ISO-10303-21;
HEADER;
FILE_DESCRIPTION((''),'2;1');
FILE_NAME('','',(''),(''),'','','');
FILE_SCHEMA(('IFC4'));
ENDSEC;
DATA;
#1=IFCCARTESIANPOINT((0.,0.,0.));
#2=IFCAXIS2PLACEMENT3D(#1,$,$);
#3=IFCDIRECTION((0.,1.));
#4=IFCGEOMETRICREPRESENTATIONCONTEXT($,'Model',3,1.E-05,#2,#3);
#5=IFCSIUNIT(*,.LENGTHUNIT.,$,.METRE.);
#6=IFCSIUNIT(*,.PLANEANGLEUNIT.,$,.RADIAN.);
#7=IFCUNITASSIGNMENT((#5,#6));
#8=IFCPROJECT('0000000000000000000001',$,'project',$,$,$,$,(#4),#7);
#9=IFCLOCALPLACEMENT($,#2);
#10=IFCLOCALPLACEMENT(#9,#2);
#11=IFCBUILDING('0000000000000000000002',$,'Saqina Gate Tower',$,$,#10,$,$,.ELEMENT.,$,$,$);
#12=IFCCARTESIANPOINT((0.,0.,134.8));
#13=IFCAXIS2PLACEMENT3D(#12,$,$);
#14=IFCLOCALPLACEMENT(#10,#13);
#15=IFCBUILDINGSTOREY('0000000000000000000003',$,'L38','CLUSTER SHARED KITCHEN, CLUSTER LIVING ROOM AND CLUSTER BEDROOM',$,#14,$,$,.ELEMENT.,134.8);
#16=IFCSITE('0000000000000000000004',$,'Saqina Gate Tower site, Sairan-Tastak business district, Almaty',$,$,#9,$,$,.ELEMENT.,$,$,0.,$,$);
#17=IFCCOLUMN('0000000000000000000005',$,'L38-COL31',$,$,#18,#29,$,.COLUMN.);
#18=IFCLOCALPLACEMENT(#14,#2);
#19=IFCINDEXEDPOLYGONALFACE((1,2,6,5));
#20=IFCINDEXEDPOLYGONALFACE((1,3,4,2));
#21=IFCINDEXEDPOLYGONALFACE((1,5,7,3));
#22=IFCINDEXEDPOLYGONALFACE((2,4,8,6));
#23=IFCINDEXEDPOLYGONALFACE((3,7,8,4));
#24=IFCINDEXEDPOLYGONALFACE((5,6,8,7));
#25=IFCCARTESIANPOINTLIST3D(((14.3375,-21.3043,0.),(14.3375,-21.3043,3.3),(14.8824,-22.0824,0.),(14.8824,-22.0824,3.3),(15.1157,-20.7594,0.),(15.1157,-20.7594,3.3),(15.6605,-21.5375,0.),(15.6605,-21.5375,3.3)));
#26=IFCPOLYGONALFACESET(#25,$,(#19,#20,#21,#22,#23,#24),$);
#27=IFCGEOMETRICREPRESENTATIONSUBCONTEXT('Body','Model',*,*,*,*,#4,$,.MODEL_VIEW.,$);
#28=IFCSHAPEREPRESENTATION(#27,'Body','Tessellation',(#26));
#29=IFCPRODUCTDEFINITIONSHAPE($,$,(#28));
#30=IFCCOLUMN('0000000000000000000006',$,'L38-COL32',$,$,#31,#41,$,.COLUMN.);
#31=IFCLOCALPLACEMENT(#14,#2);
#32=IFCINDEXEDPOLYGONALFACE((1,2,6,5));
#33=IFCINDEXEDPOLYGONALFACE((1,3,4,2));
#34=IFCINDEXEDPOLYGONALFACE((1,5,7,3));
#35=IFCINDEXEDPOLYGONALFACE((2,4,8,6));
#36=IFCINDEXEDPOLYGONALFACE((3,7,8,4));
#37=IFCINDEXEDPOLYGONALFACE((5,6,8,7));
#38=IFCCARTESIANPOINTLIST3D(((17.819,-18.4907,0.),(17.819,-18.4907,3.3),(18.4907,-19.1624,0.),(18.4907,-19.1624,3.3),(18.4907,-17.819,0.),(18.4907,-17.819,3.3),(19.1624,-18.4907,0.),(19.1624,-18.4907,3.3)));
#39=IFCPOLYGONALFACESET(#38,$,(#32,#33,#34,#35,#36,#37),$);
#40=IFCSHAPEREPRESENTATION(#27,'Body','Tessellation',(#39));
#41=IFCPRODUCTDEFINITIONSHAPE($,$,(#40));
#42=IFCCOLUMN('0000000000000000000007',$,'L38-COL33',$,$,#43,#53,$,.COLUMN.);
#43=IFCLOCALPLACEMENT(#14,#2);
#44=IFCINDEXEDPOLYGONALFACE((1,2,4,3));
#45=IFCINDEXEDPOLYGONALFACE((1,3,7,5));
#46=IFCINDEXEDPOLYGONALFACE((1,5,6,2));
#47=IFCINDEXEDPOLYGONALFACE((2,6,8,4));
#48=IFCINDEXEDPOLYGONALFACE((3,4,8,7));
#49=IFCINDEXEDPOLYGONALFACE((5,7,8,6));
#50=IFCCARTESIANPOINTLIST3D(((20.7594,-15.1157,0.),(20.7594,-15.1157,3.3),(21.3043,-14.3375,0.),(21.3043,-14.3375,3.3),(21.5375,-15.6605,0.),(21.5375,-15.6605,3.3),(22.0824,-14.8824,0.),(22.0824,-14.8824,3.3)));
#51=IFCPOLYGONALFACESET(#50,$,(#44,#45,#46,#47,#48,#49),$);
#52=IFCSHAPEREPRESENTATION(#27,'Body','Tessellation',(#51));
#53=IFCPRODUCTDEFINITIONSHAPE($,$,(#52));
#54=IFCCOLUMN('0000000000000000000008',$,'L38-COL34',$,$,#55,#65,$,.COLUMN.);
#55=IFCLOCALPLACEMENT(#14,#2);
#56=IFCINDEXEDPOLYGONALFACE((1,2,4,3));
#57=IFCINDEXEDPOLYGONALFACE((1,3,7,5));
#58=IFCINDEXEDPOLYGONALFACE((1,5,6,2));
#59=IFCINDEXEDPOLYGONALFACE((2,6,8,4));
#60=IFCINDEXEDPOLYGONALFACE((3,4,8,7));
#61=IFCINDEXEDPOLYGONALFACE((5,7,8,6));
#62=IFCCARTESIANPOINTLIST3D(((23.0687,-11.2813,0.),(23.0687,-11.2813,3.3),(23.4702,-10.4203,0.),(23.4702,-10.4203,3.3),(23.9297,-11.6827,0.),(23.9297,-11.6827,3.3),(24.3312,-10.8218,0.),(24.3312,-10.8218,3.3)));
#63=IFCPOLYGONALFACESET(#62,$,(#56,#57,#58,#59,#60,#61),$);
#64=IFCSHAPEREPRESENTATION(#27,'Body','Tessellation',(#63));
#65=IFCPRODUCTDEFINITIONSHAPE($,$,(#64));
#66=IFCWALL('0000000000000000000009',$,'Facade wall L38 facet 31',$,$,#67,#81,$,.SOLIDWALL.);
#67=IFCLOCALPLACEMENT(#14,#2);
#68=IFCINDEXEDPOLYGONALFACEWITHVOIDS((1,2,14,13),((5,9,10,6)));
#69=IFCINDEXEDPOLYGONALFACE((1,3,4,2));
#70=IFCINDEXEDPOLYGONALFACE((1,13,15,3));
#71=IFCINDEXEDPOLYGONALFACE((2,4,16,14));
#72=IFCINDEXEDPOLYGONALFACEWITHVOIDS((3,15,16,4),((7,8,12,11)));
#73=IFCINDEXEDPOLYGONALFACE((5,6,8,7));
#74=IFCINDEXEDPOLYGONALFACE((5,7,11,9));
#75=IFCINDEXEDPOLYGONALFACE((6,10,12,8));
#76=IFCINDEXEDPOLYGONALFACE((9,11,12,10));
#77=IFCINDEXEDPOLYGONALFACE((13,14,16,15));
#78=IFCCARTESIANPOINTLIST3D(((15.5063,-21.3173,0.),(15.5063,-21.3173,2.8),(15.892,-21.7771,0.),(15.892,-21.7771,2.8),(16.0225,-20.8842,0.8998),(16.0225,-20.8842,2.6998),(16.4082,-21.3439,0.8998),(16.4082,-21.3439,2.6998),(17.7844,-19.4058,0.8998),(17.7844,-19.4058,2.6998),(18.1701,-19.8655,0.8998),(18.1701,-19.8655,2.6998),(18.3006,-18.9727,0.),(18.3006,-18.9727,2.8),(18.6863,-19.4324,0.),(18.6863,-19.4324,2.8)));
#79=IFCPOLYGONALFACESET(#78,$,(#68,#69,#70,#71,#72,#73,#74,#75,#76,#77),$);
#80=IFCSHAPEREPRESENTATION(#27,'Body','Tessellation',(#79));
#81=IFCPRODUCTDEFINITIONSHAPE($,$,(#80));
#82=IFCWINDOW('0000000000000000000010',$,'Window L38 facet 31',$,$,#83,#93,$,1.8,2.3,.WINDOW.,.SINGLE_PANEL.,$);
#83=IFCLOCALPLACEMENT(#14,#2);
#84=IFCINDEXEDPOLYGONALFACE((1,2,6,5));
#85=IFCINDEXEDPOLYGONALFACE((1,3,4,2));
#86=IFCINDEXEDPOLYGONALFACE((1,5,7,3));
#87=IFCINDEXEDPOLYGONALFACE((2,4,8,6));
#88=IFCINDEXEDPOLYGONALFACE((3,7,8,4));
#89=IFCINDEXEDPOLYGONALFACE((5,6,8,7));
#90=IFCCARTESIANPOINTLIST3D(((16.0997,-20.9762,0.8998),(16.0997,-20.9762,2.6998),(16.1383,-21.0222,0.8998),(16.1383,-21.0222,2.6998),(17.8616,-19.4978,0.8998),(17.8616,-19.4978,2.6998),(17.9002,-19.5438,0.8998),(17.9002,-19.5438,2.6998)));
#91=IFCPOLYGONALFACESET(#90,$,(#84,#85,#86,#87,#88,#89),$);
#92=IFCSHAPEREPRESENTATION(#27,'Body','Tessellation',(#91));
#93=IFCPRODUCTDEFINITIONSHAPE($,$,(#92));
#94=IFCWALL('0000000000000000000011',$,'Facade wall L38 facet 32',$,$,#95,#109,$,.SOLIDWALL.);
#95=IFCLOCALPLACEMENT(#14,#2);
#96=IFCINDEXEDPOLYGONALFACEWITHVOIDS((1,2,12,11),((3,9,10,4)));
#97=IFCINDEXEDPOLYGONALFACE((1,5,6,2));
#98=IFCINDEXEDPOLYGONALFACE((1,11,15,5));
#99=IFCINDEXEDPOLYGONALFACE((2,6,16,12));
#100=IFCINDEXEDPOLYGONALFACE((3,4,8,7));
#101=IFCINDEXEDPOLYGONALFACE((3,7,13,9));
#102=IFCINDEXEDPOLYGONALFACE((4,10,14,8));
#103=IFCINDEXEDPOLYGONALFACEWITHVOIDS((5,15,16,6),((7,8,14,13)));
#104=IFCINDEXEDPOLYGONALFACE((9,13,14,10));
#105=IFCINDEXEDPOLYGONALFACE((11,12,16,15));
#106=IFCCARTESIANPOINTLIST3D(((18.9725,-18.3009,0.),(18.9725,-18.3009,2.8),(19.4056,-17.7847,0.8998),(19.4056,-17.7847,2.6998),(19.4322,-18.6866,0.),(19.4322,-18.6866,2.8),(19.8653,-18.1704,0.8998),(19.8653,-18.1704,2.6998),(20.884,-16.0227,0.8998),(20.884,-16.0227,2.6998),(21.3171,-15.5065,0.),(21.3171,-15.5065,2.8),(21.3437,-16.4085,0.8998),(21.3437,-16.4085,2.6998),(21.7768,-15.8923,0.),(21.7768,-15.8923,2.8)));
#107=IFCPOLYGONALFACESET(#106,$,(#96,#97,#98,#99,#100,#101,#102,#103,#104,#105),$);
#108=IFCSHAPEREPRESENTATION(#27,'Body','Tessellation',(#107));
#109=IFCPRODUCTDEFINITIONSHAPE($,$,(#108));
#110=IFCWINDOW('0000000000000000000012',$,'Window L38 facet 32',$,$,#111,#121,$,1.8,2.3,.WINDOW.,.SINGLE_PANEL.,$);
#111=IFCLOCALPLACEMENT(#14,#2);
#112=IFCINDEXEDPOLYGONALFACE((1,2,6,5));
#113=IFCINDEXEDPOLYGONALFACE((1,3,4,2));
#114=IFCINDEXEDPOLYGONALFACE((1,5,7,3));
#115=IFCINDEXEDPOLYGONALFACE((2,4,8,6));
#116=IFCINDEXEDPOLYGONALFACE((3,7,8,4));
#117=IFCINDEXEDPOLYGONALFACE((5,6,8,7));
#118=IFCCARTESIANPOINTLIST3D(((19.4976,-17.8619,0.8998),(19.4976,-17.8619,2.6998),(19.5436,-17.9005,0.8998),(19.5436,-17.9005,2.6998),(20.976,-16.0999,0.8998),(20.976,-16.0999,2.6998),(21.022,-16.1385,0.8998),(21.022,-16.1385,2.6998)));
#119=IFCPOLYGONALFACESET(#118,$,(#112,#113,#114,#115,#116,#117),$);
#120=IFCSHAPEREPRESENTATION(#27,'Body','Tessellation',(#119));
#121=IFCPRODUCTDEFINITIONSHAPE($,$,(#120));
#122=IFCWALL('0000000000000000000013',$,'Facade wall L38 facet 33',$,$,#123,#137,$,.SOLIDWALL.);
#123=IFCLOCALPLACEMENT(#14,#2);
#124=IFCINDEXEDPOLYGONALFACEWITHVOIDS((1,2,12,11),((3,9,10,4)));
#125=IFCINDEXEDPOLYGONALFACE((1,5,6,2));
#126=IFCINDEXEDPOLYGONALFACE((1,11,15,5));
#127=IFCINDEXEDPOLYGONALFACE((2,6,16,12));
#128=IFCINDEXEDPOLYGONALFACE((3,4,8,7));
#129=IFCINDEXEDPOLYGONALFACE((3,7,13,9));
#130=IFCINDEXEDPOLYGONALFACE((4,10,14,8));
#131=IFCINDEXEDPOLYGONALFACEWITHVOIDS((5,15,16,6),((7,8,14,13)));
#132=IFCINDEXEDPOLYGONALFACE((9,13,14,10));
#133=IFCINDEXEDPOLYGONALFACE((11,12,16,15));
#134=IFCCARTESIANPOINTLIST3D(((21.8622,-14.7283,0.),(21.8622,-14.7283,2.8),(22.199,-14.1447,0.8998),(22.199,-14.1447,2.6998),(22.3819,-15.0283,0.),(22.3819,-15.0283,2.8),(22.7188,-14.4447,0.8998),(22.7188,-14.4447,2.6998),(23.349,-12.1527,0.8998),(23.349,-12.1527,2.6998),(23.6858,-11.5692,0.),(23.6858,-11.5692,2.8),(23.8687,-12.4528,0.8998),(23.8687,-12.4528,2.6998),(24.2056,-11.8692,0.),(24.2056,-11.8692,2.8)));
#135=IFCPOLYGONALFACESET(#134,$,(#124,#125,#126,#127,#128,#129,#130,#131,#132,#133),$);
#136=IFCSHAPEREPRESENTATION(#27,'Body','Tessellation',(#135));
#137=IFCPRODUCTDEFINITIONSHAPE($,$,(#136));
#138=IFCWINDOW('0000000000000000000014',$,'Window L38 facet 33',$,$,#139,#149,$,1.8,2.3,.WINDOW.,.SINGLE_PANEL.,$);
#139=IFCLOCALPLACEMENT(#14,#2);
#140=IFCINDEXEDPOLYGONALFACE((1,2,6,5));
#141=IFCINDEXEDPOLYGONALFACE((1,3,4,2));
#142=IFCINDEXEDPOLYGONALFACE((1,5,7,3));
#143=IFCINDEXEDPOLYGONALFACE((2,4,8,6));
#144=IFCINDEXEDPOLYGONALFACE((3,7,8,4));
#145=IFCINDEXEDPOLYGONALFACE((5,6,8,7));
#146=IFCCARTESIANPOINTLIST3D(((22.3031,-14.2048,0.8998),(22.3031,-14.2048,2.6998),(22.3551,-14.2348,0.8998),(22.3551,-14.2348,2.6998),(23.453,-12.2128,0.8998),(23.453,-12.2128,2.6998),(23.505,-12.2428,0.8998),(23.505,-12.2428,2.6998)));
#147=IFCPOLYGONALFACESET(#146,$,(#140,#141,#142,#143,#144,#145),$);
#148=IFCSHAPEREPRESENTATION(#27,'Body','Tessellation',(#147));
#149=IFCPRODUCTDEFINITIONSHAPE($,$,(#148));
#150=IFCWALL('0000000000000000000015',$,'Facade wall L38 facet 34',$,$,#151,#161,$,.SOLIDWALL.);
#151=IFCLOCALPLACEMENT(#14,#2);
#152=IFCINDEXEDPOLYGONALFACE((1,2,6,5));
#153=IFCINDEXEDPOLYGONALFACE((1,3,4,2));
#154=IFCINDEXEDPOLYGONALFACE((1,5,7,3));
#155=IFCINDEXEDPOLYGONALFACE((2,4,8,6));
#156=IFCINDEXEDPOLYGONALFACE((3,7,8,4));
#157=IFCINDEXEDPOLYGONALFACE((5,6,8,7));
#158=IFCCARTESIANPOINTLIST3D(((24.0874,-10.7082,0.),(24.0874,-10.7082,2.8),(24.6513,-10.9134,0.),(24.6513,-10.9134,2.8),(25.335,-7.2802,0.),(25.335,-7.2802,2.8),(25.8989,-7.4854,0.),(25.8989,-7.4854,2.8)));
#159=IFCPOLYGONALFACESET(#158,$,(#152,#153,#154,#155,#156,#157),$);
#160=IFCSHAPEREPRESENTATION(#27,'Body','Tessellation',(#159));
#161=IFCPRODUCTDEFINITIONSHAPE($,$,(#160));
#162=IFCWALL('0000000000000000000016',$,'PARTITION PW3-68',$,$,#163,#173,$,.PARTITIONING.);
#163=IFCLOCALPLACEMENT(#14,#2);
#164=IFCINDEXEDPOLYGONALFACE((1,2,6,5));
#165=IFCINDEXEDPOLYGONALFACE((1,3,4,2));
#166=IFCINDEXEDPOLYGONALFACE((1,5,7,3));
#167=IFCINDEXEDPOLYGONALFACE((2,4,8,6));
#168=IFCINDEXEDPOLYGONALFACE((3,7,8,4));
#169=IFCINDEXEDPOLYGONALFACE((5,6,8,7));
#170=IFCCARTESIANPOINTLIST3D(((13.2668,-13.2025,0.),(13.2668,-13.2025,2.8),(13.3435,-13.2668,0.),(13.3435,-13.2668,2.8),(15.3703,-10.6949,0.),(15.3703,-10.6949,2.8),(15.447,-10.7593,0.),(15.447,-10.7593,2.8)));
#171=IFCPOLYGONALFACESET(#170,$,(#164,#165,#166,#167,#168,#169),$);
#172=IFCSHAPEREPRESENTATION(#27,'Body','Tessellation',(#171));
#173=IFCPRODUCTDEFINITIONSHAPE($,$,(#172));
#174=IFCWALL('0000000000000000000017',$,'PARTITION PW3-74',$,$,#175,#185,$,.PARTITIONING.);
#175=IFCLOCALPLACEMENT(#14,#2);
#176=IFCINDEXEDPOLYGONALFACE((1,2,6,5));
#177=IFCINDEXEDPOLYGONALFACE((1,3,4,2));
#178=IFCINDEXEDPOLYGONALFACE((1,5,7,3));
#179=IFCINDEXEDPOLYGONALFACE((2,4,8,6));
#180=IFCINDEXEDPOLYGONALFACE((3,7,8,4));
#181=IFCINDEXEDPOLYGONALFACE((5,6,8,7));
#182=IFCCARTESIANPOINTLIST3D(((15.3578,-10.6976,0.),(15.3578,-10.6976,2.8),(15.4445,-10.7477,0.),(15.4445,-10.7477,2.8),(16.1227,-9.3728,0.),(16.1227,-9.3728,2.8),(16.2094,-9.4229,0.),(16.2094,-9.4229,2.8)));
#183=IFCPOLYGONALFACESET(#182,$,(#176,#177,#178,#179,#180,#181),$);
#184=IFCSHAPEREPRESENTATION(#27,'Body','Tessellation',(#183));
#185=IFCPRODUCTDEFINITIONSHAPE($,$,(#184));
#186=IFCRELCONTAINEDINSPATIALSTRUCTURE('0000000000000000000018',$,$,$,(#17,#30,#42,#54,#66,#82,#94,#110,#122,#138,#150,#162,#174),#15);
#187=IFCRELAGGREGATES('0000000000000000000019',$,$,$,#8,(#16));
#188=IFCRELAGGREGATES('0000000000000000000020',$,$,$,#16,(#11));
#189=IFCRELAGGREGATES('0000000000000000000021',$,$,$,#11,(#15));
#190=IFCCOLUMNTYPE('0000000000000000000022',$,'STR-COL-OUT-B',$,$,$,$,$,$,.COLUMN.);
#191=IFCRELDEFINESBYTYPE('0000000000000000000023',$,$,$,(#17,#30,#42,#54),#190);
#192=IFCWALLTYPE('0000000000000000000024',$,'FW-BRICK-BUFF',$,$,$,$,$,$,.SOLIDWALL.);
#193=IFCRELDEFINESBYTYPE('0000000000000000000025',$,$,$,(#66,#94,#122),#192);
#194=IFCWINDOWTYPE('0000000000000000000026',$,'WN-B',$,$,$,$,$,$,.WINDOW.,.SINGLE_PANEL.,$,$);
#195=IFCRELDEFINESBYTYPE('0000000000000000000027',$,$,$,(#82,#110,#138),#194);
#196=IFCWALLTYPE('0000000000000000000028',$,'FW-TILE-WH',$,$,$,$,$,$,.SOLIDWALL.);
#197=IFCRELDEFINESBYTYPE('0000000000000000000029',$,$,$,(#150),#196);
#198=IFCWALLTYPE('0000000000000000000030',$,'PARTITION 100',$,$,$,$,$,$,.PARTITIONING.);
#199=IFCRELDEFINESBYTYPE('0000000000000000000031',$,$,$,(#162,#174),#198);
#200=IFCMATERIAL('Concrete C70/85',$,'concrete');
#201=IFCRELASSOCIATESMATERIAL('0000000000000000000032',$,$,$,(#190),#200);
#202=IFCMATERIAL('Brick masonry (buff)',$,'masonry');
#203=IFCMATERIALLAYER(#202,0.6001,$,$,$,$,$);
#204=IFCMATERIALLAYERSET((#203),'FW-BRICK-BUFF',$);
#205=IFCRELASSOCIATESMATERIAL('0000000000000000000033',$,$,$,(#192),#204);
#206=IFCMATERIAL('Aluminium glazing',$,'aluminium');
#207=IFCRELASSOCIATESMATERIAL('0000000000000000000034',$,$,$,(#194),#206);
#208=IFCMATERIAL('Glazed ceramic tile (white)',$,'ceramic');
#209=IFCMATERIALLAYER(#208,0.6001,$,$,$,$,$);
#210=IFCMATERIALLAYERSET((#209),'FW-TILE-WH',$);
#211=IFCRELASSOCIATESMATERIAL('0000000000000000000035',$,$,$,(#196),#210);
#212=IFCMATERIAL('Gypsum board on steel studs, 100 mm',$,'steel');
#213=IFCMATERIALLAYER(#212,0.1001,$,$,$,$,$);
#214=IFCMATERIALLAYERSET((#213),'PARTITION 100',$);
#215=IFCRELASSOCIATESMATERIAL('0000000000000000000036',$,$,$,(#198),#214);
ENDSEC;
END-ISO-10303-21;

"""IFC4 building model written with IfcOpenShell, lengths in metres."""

from ifc_helpers import new_model, si_unit, direction, frame, frame_2d, origin, origin_2d, place, context, subcontext, project, spatial, rectangle, extrude, material, layer, layer_set, material_profile, profile_set, type_object, element, fill, save


model = new_model("IFC4")

# Units and contexts
model_context = context("Model", 3, precision=1e-05, world=origin(), true_north=direction((0.0, 1.0)))
body_context = subcontext(model_context, "Body", "Model", "MODEL_VIEW")
ifc_project = project(units=[si_unit("LENGTHUNIT", "METRE"), si_unit("PLANEANGLEUNIT", "RADIAN")], contexts=[model_context])

# Site, building, storey
site_placement = place(None, origin())
site = spatial("IfcSite", under=ifc_project, at=site_placement, Name="Saqina Gate Tower site, Sairan-Tastak business district, Almaty", CompositionType="ELEMENT", RefElevation=0.0)
building_placement = place(site_placement, origin())
building = spatial("IfcBuilding", under=site, at=building_placement, Name="Saqina Gate Tower", CompositionType="ELEMENT")
storey_placement = place(building_placement, frame((0.0, 0.0, 134.8)))
storey = spatial("IfcBuildingStorey", under=building, at=storey_placement, Name="L38", Description="CLUSTER SHARED KITCHEN, CLUSTER LIVING ROOM AND CLUSTER BEDROOM", CompositionType="ELEMENT", Elevation=134.8)

# Columns
ifc_material_1 = material(Name="Concrete C70/85", Category="concrete")
ifc_material_profile = material_profile(ifc_material_1, rectangle(XDim=0.95, YDim=0.95, at=origin_2d()), Name="RC 950x950")
ifc_profile_set = profile_set([ifc_material_profile], Name="Concrete C70/85")
column_type = type_object("IfcColumnType", Name="STR-COL-OUT-B", PredefinedType="COLUMN", material=ifc_profile_set)
for number, where, z_axis, x_axis, name in (
    (1, (14.999, -21.4209, 0.0), (0.0, 0.0, 1.0), (0.573576, -0.819152, 0.0), "L38-COL31"),
    (2, (18.4907, -18.4907, 0.0), (0.0, 0.0, 1.0), (0.707107, -0.707107, 0.0), "L38-COL32"),
    (3, (21.4209, -14.999, 0.0), (0.0, 0.0, 1.0), (0.819152, -0.573576, 0.0), "L38-COL33"),
    (4, (23.7, -11.0515, 0.0), (0.0, 0.0, 1.0), (0.906308, -0.422618, 0.0), "L38-COL34"),
):
    element("IfcColumn", number, at=place(storey_placement, frame(where, z_axis=z_axis, x_axis=x_axis)), inside=storey, type_object=column_type, Name=name, PredefinedType="COLUMN", context=body_context, shape_type="SweptSolid", body=[
        extrude(rectangle(XDim=0.95, YDim=0.95, at=origin_2d()), origin(), (0.0, 0.0, 1.0), 3.3),
    ])

# Walls, openings, windows
ifc_material_2 = material(Name="Brick masonry (buff)", Category="masonry")
ifc_layer_1 = layer(ifc_material_2, 0.6001)
ifc_layer_set_1 = layer_set([ifc_layer_1], Name="FW-BRICK-BUFF")
wall_type_1 = type_object("IfcWallType", Name="FW-BRICK-BUFF", PredefinedType="SOLIDWALL", material=ifc_layer_set_1)
wall_1_placement = place(storey_placement, frame((15.6992, -21.5471, 0.0), z_axis=(0.0, 0.0, 1.0), x_axis=(0.766055, 0.642774, 0.0)))
wall_1 = element("IfcWall", 5, at=wall_1_placement, inside=storey, type_object=wall_type_1, Name="Facade wall L38 facet 31", PredefinedType="SOLIDWALL", context=body_context, shape_type="SweptSolid", body=[
    extrude(rectangle(XDim=3.6477, YDim=0.6001, at=frame_2d((1.8237, 0.0))), origin(), (0.0, 0.0, 1.0), 2.8),
])
opening_1_placement = place(wall_1_placement, frame((0.6738, 0.0, 0.8999)))
opening_1 = element("IfcOpeningElement", 6, at=opening_1_placement, cuts=wall_1, PredefinedType="OPENING", context=body_context, shape_type="SweptSolid", body=[
    extrude(rectangle(XDim=2.3, YDim=1.8, at=frame_2d((1.1499, 0.8999))), frame((0.0, 0.312, 0.0), z_axis=(0.0, -1.0, 0.0), x_axis=(1.0, 0.0, 0.0)), (0.0, 0.0, 1.0), 0.624),
])
ifc_material_3 = material(Name="Aluminium glazing", Category="aluminium")
window_type = type_object("IfcWindowType", Name="WN-B", PartitioningType="SINGLE_PANEL", PredefinedType="WINDOW", material=ifc_material_3)
window_1_placement = place(opening_1_placement, origin())
window_1 = element("IfcWindow", 7, at=window_1_placement, inside=storey, type_object=window_type, Name="Window L38 facet 31", OverallHeight=1.8, OverallWidth=2.3, PartitioningType="SINGLE_PANEL", PredefinedType="WINDOW", context=body_context, shape_type="SweptSolid", body=[
    extrude(rectangle(XDim=2.3, YDim=1.8, at=frame_2d((1.1499, 0.8999))), frame((0.0, 0.1799, 0.0), z_axis=(0.0, -1.0, 0.0), x_axis=(1.0, 0.0, 0.0)), (0.0, 0.0, 1.0), 0.0601),
])
fill(opening_1, window_1)
wall_2_placement = place(storey_placement, frame((19.2024, -18.4937, 0.0), z_axis=(0.0, 0.0, 1.0), x_axis=(0.642774, 0.766055, 0.0)))
wall_2 = element("IfcWall", 8, at=wall_2_placement, inside=storey, type_object=wall_type_1, Name="Facade wall L38 facet 32", PredefinedType="SOLIDWALL", context=body_context, shape_type="SweptSolid", body=[
    extrude(rectangle(XDim=3.6477, YDim=0.6001, at=frame_2d((1.8237, 0.0))), origin(), (0.0, 0.0, 1.0), 2.8),
])
opening_2_placement = place(wall_2_placement, frame((0.6738, 0.0, 0.8999)))
opening_2 = element("IfcOpeningElement", 9, at=opening_2_placement, cuts=wall_2, PredefinedType="OPENING", context=body_context, shape_type="SweptSolid", body=[
    extrude(rectangle(XDim=2.3, YDim=1.8, at=frame_2d((1.1499, 0.8999))), frame((0.0, 0.312, 0.0), z_axis=(0.0, -1.0, 0.0), x_axis=(1.0, 0.0, 0.0)), (0.0, 0.0, 1.0), 0.624),
])
window_2_placement = place(opening_2_placement, origin())
window_2 = element("IfcWindow", 10, at=window_2_placement, inside=storey, type_object=window_type, Name="Window L38 facet 32", OverallHeight=1.8, OverallWidth=2.3, PartitioningType="SINGLE_PANEL", PredefinedType="WINDOW", context=body_context, shape_type="SweptSolid", body=[
    extrude(rectangle(XDim=2.3, YDim=1.8, at=frame_2d((1.1499, 0.8999))), frame((0.0, 0.1799, 0.0), z_axis=(0.0, -1.0, 0.0), x_axis=(1.0, 0.0, 0.0)), (0.0, 0.0, 1.0), 0.0601),
])
fill(opening_2, window_2)
wall_3_placement = place(storey_placement, frame((22.1221, -14.8782, 0.0), z_axis=(0.0, 0.0, 1.0), x_axis=(0.499954, 0.866052, 0.0)))
wall_3 = element("IfcWall", 11, at=wall_3_placement, inside=storey, type_object=wall_type_1, Name="Facade wall L38 facet 33", PredefinedType="SOLIDWALL", context=body_context, shape_type="SweptSolid", body=[
    extrude(rectangle(XDim=3.6477, YDim=0.6001, at=frame_2d((1.8237, 0.0))), origin(), (0.0, 0.0, 1.0), 2.8),
])
opening_3_placement = place(wall_3_placement, frame((0.6738, 0.0, 0.8999)))
opening_3 = element("IfcOpeningElement", 12, at=opening_3_placement, cuts=wall_3, PredefinedType="OPENING", context=body_context, shape_type="SweptSolid", body=[
    extrude(rectangle(XDim=2.3, YDim=1.8, at=frame_2d((1.1499, 0.8999))), frame((0.0, 0.312, 0.0), z_axis=(0.0, -1.0, 0.0), x_axis=(1.0, 0.0, 0.0)), (0.0, 0.0, 1.0), 0.624),
])
window_3_placement = place(opening_3_placement, origin())
window_3 = element("IfcWindow", 13, at=window_3_placement, inside=storey, type_object=window_type, Name="Window L38 facet 33", OverallHeight=1.8, OverallWidth=2.3, PartitioningType="SINGLE_PANEL", PredefinedType="WINDOW", context=body_context, shape_type="SweptSolid", body=[
    extrude(rectangle(XDim=2.3, YDim=1.8, at=frame_2d((1.1499, 0.8999))), frame((0.0, 0.1799, 0.0), z_axis=(0.0, -1.0, 0.0), x_axis=(1.0, 0.0, 0.0)), (0.0, 0.0, 1.0), 0.0601),
])
fill(opening_3, window_3)

# Walls
ifc_material_4 = material(Name="Glazed ceramic tile (white)", Category="ceramic")
ifc_layer_2 = layer(ifc_material_4, 0.6001)
ifc_layer_set_2 = layer_set([ifc_layer_2], Name="FW-TILE-WH")
wall_type_2 = type_object("IfcWallType", Name="FW-TILE-WH", PredefinedType="SOLIDWALL", material=ifc_layer_set_2)
wall_4_placement = place(storey_placement, frame((24.3694, -10.8108, 0.0), z_axis=(0.0, 0.0, 1.0), x_axis=(0.34199, 0.939704, 0.0)))
element("IfcWall", 14, at=wall_4_placement, inside=storey, type_object=wall_type_2, Name="Facade wall L38 facet 34", PredefinedType="SOLIDWALL", context=body_context, shape_type="SweptSolid", body=[
    extrude(rectangle(XDim=3.6479, YDim=0.6001, at=frame_2d((1.824, 0.0))), origin(), (0.0, 0.0, 1.0), 2.8),
])
ifc_material_5 = material(Name="Gypsum board on steel studs, 100 mm", Category="steel")
ifc_layer_3 = layer(ifc_material_5, 0.1001)
ifc_layer_set_3 = layer_set([ifc_layer_3], Name="PARTITION 100")
wall_type_3 = type_object("IfcWallType", Name="PARTITION 100", PredefinedType="PARTITIONING", material=ifc_layer_set_3)
wall_5_placement = place(storey_placement, frame((13.3052, -13.2346, 0.0), z_axis=(0.0, 0.0, 1.0), x_axis=(0.642683, 0.766132, 0.0)))
element("IfcWall", 15, at=wall_5_placement, inside=storey, type_object=wall_type_3, Name="PARTITION PW3-68", PredefinedType="PARTITIONING", context=body_context, shape_type="SweptSolid", body=[
    extrude(rectangle(XDim=3.2729, YDim=0.1001, at=frame_2d((1.6365, 0.0))), origin(), (0.0, 0.0, 1.0), 2.8),
])
wall_6_placement = place(storey_placement, frame((15.4011, -10.7227, 0.0), z_axis=(0.0, 0.0, 1.0), x_axis=(0.500036, 0.866005, 0.0)))
element("IfcWall", 16, at=wall_6_placement, inside=storey, type_object=wall_type_3, Name="PARTITION PW3-74", PredefinedType="PARTITIONING", context=body_context, shape_type="SweptSolid", body=[
    extrude(rectangle(XDim=1.5298, YDim=0.1001, at=frame_2d((0.7649, 0.0))), origin(), (0.0, 0.0, 1.0), 2.8),
])

save(model, "model.ifc")
